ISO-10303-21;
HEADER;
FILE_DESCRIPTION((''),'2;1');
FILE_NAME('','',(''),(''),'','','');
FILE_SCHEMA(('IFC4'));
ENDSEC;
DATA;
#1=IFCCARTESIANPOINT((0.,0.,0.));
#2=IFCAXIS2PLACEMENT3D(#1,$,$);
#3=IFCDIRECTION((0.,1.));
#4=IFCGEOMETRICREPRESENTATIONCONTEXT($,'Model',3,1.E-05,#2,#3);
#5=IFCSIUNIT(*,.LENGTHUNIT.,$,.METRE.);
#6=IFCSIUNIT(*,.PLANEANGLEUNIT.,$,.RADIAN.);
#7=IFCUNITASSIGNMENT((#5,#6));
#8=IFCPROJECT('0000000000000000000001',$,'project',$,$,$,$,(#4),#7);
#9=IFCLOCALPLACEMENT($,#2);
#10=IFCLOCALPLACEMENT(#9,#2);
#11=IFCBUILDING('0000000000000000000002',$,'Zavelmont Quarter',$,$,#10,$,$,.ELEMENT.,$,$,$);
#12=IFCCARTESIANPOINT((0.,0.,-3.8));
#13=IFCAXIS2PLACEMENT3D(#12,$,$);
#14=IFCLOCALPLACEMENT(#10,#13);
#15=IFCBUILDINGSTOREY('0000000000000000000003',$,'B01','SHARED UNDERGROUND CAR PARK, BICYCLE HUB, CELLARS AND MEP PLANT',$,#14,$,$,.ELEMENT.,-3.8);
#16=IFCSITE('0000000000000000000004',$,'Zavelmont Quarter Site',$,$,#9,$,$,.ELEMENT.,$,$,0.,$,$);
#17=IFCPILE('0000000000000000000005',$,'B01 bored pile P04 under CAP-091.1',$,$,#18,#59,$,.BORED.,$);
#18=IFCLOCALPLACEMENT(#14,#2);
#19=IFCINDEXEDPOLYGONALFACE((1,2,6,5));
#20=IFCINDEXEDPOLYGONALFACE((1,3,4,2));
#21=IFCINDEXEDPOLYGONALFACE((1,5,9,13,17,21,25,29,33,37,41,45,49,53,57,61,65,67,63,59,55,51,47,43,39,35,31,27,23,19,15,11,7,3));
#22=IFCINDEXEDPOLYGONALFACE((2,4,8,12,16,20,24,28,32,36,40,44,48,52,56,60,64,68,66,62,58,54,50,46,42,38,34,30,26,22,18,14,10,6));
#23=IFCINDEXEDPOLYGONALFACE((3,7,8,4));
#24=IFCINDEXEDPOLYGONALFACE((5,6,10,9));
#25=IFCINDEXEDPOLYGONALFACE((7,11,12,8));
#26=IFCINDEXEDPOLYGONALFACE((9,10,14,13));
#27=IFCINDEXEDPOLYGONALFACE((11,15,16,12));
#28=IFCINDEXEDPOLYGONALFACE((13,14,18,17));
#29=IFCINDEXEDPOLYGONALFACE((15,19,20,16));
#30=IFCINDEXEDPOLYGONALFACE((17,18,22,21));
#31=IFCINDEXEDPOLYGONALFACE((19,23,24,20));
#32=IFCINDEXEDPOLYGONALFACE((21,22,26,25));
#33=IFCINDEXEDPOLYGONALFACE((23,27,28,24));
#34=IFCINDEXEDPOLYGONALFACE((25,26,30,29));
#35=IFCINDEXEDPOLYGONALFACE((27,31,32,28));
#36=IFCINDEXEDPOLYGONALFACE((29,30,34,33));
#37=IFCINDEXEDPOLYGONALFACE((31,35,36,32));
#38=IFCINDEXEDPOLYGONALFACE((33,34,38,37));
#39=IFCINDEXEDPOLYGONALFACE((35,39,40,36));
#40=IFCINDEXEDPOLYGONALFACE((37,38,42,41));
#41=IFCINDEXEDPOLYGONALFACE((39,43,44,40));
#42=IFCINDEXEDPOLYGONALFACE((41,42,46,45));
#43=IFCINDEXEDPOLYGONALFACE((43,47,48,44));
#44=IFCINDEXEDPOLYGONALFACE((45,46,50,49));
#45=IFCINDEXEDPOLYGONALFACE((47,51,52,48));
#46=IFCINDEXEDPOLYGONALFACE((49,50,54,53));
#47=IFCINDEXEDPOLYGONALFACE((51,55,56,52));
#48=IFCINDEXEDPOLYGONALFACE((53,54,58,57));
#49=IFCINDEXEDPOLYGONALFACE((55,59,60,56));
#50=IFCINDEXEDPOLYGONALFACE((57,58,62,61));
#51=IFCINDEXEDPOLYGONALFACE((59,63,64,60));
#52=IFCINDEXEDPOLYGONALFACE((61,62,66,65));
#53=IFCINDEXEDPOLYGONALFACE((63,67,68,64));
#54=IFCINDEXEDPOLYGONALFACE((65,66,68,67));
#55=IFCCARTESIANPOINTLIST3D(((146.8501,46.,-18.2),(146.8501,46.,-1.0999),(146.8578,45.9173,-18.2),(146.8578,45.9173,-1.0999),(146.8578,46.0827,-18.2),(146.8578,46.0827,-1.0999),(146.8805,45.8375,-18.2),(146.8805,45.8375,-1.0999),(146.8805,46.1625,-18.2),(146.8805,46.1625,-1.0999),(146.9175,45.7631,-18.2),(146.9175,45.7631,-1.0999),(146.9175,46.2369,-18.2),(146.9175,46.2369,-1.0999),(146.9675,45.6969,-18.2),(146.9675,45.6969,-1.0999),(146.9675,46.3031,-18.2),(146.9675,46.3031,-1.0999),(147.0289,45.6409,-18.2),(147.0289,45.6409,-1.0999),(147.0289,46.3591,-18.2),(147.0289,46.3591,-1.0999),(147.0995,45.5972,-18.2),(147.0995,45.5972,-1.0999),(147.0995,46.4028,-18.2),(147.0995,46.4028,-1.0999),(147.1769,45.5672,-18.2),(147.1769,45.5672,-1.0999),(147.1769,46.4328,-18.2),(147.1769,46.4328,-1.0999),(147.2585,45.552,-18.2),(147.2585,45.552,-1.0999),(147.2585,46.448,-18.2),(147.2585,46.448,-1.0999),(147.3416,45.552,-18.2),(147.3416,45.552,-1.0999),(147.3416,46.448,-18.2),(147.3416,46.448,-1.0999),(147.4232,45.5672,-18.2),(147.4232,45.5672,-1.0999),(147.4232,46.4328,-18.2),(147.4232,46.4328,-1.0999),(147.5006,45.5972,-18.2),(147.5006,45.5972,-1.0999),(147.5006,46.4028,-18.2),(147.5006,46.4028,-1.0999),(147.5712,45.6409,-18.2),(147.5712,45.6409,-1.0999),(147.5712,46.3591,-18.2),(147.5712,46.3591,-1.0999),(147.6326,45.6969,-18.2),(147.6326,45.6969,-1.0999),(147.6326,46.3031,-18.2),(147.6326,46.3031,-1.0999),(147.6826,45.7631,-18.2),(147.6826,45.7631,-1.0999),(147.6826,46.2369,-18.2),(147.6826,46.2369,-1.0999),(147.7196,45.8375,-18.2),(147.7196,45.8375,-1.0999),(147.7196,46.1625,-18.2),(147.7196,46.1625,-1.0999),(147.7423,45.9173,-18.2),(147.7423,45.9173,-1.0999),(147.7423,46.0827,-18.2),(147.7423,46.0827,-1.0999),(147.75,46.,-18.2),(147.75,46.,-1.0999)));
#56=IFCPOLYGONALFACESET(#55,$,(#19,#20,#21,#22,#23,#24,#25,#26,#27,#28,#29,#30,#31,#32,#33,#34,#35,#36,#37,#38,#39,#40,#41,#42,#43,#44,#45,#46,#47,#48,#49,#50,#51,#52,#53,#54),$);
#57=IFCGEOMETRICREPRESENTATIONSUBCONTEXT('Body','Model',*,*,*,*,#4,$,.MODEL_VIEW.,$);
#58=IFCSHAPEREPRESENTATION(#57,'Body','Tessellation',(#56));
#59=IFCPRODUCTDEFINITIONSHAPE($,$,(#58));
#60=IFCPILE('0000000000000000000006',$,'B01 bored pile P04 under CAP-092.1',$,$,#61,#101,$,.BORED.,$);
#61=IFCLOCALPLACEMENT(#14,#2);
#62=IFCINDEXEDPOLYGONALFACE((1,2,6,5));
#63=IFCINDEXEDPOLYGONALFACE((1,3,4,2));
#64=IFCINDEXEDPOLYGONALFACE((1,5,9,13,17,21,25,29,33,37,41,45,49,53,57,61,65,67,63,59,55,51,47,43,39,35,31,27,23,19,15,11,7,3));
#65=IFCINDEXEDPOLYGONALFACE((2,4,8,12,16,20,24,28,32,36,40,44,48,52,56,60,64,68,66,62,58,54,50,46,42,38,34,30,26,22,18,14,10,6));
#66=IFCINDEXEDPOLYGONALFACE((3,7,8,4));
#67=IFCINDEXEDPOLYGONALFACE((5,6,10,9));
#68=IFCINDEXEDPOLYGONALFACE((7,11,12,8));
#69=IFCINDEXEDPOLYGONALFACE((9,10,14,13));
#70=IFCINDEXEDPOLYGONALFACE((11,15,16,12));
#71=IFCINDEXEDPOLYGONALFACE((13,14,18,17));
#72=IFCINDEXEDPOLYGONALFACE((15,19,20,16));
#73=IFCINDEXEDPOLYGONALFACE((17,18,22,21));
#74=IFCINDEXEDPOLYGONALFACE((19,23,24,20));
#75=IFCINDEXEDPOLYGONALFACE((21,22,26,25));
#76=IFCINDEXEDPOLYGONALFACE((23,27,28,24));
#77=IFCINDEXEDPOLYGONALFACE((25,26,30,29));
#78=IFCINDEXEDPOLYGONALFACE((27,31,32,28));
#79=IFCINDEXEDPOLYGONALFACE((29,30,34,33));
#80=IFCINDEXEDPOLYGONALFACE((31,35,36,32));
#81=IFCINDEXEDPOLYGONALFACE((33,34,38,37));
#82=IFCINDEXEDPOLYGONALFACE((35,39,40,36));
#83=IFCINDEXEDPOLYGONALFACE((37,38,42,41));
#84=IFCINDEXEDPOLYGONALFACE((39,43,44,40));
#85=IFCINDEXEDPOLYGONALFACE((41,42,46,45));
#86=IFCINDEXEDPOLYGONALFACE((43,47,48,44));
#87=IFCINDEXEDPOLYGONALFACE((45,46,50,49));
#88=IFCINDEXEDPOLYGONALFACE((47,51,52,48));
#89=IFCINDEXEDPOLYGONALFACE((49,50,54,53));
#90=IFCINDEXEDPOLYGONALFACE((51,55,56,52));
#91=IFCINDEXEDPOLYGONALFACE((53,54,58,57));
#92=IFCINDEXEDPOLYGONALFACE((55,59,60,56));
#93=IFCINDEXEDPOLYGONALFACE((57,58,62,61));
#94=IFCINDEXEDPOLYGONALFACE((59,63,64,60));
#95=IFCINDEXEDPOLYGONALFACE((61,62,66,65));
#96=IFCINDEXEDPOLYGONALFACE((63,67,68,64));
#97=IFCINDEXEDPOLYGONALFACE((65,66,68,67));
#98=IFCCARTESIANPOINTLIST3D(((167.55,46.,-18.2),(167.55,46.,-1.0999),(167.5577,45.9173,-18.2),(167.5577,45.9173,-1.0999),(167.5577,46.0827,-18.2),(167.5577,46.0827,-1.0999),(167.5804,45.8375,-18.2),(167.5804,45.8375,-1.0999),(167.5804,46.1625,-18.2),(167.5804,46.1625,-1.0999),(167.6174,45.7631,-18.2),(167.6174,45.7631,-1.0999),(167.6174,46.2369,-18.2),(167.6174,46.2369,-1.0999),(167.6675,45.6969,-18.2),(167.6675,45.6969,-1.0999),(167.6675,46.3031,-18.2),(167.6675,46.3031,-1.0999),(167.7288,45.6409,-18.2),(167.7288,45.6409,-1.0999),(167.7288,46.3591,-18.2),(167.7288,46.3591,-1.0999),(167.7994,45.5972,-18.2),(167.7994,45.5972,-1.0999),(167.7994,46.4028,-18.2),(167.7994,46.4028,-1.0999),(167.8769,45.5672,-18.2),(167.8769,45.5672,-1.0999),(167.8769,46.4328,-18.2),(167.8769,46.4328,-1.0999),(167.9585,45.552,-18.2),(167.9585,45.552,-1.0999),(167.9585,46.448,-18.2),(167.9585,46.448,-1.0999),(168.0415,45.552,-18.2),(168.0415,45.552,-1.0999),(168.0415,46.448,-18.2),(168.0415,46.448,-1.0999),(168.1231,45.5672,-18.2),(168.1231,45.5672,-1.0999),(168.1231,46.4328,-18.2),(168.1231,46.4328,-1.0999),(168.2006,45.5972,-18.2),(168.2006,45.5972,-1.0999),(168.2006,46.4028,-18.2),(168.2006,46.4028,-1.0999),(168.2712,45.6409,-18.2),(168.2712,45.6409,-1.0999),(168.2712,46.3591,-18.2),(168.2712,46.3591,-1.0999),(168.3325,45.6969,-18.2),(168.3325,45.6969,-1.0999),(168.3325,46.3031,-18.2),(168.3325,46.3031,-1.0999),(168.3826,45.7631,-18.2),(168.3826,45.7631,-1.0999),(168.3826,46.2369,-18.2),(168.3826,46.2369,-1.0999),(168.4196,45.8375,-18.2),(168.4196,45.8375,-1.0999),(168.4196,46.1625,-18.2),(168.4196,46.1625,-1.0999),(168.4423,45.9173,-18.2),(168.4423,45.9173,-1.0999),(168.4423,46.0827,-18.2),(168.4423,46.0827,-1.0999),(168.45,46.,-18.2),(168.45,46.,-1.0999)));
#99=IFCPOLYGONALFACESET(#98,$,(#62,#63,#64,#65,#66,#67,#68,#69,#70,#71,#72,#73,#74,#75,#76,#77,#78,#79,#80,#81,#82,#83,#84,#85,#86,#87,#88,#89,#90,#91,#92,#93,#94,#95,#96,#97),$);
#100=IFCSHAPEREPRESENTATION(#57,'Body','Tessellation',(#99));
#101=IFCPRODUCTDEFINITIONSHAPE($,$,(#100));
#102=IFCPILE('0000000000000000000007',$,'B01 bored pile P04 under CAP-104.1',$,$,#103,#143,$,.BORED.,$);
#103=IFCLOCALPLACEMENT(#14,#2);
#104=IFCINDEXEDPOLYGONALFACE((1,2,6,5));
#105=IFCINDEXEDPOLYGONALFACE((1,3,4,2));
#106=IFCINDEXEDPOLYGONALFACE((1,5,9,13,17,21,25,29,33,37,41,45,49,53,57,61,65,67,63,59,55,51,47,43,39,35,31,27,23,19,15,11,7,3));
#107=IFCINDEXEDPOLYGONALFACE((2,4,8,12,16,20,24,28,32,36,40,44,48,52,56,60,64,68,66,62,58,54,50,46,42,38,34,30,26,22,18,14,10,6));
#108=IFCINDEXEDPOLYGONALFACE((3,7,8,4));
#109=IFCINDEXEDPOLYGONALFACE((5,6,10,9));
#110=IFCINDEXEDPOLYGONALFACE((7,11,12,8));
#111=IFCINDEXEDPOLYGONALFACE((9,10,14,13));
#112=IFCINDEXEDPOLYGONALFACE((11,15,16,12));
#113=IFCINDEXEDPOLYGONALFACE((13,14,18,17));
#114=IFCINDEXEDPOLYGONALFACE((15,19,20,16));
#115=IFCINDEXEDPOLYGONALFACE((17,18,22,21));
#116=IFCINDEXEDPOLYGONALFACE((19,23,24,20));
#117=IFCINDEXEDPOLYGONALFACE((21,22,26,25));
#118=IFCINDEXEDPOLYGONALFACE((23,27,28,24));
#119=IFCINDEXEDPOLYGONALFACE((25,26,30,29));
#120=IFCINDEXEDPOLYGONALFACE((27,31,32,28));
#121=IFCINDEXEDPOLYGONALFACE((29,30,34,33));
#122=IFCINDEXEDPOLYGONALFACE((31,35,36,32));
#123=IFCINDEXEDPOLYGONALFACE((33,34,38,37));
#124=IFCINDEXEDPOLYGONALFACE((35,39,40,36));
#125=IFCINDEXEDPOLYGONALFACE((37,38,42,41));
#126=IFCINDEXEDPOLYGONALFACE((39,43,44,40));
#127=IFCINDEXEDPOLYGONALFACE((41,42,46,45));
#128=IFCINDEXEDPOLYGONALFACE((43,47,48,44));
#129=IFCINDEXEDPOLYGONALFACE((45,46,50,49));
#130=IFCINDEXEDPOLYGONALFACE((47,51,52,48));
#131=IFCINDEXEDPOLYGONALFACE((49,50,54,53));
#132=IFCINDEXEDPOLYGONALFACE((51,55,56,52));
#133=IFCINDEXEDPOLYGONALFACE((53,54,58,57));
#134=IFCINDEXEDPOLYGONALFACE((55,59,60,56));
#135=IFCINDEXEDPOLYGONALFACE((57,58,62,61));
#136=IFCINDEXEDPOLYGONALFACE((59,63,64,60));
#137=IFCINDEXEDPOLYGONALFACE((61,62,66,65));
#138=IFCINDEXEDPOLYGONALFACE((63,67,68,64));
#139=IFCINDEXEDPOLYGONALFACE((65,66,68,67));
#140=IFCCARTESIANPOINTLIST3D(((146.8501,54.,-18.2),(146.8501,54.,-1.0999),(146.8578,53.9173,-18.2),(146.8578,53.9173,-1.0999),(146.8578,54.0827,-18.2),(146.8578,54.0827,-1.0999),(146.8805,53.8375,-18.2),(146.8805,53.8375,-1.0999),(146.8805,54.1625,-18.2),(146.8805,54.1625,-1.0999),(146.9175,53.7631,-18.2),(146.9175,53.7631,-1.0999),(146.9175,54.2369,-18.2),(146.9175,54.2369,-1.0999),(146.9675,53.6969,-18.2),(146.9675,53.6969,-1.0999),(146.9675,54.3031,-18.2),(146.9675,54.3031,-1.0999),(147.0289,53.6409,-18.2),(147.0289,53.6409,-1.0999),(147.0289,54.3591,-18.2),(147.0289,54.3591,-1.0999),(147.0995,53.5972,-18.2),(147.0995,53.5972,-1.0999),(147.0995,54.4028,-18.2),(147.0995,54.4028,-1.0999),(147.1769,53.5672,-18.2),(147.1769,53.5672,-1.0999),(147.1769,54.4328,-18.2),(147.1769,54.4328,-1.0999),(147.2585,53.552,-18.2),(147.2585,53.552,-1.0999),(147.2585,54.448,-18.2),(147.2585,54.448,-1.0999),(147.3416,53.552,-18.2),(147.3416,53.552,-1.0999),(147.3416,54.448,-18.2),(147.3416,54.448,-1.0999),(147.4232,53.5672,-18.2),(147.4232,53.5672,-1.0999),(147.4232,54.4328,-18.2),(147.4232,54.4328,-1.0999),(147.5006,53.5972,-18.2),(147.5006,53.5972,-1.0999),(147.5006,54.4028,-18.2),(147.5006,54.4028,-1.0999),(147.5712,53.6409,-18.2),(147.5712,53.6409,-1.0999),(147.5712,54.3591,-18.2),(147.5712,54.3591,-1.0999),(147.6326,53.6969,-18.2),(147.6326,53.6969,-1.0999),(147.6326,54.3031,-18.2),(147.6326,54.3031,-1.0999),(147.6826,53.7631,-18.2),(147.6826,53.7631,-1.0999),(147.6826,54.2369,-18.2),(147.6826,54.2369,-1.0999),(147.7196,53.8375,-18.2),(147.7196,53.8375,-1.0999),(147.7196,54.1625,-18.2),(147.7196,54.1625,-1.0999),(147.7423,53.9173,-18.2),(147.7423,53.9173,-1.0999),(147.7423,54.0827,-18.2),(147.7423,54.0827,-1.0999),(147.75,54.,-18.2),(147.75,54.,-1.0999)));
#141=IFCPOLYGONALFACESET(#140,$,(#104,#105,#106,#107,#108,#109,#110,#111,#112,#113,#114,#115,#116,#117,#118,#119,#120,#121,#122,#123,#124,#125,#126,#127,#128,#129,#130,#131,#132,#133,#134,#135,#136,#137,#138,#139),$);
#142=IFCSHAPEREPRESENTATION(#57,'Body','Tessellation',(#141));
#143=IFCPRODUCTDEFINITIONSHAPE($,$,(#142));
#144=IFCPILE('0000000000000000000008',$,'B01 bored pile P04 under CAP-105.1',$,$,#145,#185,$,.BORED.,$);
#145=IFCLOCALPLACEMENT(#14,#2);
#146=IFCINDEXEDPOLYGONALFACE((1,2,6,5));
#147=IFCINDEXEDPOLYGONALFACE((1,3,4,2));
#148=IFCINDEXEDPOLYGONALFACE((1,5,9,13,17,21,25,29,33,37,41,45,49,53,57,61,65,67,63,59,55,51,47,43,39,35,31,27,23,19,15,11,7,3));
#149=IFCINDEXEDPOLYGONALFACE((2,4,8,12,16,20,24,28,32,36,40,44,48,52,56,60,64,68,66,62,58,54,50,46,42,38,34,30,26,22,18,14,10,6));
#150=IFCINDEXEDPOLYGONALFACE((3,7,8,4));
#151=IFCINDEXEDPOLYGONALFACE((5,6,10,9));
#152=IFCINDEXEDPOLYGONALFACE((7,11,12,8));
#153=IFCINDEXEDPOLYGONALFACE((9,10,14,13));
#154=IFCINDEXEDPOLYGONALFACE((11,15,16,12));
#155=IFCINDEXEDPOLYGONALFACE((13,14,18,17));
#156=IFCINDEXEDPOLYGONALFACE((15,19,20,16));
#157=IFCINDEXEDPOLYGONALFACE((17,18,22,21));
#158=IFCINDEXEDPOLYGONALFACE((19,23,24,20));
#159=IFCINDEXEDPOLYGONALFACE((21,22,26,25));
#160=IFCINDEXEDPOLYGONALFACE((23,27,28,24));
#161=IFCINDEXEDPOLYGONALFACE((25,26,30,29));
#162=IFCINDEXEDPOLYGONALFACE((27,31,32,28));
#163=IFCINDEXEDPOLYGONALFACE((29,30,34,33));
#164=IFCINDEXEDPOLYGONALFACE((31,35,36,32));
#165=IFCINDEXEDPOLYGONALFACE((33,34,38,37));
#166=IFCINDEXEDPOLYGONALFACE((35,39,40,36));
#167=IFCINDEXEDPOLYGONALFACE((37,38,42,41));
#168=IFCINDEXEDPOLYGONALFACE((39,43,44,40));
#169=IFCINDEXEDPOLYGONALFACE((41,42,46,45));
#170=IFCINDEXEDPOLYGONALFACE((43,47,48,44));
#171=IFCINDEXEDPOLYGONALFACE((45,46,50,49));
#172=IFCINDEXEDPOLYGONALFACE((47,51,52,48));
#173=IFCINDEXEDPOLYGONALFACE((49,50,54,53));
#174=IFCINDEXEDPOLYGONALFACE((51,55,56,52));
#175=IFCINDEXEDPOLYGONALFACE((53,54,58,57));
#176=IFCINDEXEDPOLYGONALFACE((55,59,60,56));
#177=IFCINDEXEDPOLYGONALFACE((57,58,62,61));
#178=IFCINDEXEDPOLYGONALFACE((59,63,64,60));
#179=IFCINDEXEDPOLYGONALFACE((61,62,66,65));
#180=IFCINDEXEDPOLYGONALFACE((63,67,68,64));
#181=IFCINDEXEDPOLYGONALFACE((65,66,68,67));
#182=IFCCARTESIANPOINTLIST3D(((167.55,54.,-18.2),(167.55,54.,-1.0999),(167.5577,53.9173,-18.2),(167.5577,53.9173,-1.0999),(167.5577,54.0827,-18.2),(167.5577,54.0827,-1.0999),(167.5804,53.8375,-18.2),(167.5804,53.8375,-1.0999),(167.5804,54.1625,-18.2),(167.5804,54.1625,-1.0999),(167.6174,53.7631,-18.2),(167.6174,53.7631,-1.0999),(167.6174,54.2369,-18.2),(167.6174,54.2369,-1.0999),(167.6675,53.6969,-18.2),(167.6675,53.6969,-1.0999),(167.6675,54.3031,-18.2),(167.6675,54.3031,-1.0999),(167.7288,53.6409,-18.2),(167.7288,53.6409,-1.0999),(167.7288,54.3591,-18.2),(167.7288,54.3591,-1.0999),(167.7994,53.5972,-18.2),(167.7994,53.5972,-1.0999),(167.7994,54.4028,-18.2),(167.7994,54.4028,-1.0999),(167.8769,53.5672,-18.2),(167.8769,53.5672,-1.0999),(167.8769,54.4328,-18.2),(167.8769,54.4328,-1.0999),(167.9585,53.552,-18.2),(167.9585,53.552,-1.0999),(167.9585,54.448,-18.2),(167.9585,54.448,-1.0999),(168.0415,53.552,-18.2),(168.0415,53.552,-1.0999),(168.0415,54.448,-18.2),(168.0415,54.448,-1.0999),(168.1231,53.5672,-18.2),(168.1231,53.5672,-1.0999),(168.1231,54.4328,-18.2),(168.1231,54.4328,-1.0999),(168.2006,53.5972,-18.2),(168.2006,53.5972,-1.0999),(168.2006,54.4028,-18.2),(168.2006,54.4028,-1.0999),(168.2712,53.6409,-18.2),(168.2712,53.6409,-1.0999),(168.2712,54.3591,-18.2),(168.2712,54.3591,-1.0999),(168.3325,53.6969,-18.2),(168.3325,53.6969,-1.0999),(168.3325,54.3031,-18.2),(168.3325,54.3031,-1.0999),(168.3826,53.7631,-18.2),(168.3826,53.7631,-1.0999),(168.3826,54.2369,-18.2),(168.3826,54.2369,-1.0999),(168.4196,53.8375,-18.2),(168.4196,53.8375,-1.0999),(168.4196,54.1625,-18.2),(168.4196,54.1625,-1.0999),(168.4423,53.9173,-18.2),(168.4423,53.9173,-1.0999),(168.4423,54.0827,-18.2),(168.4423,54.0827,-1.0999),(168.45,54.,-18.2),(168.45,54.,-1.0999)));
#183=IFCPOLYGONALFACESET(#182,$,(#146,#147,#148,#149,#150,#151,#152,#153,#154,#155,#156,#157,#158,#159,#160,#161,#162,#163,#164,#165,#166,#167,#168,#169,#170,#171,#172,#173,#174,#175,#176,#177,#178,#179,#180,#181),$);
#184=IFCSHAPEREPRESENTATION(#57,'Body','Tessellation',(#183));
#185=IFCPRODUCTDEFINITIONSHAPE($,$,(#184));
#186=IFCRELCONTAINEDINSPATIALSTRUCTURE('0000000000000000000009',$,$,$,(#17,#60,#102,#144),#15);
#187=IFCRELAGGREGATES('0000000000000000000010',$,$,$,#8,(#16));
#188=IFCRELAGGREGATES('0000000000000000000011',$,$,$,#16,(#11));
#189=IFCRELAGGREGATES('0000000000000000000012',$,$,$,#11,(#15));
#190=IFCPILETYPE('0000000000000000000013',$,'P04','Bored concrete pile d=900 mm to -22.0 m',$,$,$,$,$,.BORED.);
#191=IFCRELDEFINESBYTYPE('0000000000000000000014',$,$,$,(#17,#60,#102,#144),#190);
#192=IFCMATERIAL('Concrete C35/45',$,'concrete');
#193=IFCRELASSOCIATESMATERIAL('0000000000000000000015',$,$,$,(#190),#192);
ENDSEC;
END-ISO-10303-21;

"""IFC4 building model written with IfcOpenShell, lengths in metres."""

from ifc_helpers import new_model, si_unit, direction, frame, origin, origin_2d, place, context, subcontext, project, spatial, circle, extrude, material, material_profile, profile_set, type_object, element, save


model = new_model("IFC4")

# Units and contexts
model_context = context("Model", 3, precision=1e-05, world=origin(), true_north=direction((0.0, 1.0)))
body_context = subcontext(model_context, "Body", "Model", "MODEL_VIEW")
ifc_project = project(units=[si_unit("LENGTHUNIT", "METRE"), si_unit("PLANEANGLEUNIT", "RADIAN")], contexts=[model_context])

# Site, building, storey
site_placement = place(None, origin())
site = spatial("IfcSite", under=ifc_project, at=site_placement, Name="Zavelmont Quarter Site", CompositionType="ELEMENT", RefElevation=0.0)
building_placement = place(site_placement, origin())
building = spatial("IfcBuilding", under=site, at=building_placement, Name="Zavelmont Quarter", CompositionType="ELEMENT")
storey_placement = place(building_placement, frame((0.0, 0.0, -3.8)))
storey = spatial("IfcBuildingStorey", under=building, at=storey_placement, Name="B01", Description="SHARED UNDERGROUND CAR PARK, BICYCLE HUB, CELLARS AND MEP PLANT", CompositionType="ELEMENT", Elevation=-3.8)

# Shared definitions
ifc_material_1 = material(Name="Concrete C35/45", Category="concrete")

# Piles
ifc_material_profile_1 = material_profile(ifc_material_1, circle(Radius=0.45, at=origin_2d()), Name="BP900")
ifc_profile_set_1 = profile_set([ifc_material_profile_1], Name="Concrete C35/45")
pile_type_1 = type_object("IfcPileType", Name="P04", Description="Bored concrete pile d=900 mm to -22.0 m", PredefinedType="BORED", material=ifc_profile_set_1)
for number, where, z_axis, x_axis, name in (
    (1, (147.3, 46.0, -1.0999), (0.0, 0.0, -1.0), (1.0, 0.0, 0.0), "B01 bored pile P04 under CAP-091.1"),
    (2, (168.0, 46.0, -1.0999), (0.0, 0.0, -1.0), (1.0, 0.0, 0.0), "B01 bored pile P04 under CAP-092.1"),
    (3, (147.3, 54.0, -1.0999), (0.0, 0.0, -1.0), (1.0, 0.0, 0.0), "B01 bored pile P04 under CAP-104.1"),
    (4, (168.0, 54.0, -1.0999), (0.0, 0.0, -1.0), (1.0, 0.0, 0.0), "B01 bored pile P04 under CAP-105.1"),
):
    element("IfcPile", number, at=place(storey_placement, frame(where, z_axis=z_axis, x_axis=x_axis)), inside=storey, type_object=pile_type_1, Name=name, PredefinedType="BORED", context=body_context, shape_type="SweptSolid", body=[
        extrude(circle(Radius=0.45, at=origin_2d()), origin(), (0.0, 0.0, 1.0), 17.1001),
    ])

save(model, "model.ifc")
